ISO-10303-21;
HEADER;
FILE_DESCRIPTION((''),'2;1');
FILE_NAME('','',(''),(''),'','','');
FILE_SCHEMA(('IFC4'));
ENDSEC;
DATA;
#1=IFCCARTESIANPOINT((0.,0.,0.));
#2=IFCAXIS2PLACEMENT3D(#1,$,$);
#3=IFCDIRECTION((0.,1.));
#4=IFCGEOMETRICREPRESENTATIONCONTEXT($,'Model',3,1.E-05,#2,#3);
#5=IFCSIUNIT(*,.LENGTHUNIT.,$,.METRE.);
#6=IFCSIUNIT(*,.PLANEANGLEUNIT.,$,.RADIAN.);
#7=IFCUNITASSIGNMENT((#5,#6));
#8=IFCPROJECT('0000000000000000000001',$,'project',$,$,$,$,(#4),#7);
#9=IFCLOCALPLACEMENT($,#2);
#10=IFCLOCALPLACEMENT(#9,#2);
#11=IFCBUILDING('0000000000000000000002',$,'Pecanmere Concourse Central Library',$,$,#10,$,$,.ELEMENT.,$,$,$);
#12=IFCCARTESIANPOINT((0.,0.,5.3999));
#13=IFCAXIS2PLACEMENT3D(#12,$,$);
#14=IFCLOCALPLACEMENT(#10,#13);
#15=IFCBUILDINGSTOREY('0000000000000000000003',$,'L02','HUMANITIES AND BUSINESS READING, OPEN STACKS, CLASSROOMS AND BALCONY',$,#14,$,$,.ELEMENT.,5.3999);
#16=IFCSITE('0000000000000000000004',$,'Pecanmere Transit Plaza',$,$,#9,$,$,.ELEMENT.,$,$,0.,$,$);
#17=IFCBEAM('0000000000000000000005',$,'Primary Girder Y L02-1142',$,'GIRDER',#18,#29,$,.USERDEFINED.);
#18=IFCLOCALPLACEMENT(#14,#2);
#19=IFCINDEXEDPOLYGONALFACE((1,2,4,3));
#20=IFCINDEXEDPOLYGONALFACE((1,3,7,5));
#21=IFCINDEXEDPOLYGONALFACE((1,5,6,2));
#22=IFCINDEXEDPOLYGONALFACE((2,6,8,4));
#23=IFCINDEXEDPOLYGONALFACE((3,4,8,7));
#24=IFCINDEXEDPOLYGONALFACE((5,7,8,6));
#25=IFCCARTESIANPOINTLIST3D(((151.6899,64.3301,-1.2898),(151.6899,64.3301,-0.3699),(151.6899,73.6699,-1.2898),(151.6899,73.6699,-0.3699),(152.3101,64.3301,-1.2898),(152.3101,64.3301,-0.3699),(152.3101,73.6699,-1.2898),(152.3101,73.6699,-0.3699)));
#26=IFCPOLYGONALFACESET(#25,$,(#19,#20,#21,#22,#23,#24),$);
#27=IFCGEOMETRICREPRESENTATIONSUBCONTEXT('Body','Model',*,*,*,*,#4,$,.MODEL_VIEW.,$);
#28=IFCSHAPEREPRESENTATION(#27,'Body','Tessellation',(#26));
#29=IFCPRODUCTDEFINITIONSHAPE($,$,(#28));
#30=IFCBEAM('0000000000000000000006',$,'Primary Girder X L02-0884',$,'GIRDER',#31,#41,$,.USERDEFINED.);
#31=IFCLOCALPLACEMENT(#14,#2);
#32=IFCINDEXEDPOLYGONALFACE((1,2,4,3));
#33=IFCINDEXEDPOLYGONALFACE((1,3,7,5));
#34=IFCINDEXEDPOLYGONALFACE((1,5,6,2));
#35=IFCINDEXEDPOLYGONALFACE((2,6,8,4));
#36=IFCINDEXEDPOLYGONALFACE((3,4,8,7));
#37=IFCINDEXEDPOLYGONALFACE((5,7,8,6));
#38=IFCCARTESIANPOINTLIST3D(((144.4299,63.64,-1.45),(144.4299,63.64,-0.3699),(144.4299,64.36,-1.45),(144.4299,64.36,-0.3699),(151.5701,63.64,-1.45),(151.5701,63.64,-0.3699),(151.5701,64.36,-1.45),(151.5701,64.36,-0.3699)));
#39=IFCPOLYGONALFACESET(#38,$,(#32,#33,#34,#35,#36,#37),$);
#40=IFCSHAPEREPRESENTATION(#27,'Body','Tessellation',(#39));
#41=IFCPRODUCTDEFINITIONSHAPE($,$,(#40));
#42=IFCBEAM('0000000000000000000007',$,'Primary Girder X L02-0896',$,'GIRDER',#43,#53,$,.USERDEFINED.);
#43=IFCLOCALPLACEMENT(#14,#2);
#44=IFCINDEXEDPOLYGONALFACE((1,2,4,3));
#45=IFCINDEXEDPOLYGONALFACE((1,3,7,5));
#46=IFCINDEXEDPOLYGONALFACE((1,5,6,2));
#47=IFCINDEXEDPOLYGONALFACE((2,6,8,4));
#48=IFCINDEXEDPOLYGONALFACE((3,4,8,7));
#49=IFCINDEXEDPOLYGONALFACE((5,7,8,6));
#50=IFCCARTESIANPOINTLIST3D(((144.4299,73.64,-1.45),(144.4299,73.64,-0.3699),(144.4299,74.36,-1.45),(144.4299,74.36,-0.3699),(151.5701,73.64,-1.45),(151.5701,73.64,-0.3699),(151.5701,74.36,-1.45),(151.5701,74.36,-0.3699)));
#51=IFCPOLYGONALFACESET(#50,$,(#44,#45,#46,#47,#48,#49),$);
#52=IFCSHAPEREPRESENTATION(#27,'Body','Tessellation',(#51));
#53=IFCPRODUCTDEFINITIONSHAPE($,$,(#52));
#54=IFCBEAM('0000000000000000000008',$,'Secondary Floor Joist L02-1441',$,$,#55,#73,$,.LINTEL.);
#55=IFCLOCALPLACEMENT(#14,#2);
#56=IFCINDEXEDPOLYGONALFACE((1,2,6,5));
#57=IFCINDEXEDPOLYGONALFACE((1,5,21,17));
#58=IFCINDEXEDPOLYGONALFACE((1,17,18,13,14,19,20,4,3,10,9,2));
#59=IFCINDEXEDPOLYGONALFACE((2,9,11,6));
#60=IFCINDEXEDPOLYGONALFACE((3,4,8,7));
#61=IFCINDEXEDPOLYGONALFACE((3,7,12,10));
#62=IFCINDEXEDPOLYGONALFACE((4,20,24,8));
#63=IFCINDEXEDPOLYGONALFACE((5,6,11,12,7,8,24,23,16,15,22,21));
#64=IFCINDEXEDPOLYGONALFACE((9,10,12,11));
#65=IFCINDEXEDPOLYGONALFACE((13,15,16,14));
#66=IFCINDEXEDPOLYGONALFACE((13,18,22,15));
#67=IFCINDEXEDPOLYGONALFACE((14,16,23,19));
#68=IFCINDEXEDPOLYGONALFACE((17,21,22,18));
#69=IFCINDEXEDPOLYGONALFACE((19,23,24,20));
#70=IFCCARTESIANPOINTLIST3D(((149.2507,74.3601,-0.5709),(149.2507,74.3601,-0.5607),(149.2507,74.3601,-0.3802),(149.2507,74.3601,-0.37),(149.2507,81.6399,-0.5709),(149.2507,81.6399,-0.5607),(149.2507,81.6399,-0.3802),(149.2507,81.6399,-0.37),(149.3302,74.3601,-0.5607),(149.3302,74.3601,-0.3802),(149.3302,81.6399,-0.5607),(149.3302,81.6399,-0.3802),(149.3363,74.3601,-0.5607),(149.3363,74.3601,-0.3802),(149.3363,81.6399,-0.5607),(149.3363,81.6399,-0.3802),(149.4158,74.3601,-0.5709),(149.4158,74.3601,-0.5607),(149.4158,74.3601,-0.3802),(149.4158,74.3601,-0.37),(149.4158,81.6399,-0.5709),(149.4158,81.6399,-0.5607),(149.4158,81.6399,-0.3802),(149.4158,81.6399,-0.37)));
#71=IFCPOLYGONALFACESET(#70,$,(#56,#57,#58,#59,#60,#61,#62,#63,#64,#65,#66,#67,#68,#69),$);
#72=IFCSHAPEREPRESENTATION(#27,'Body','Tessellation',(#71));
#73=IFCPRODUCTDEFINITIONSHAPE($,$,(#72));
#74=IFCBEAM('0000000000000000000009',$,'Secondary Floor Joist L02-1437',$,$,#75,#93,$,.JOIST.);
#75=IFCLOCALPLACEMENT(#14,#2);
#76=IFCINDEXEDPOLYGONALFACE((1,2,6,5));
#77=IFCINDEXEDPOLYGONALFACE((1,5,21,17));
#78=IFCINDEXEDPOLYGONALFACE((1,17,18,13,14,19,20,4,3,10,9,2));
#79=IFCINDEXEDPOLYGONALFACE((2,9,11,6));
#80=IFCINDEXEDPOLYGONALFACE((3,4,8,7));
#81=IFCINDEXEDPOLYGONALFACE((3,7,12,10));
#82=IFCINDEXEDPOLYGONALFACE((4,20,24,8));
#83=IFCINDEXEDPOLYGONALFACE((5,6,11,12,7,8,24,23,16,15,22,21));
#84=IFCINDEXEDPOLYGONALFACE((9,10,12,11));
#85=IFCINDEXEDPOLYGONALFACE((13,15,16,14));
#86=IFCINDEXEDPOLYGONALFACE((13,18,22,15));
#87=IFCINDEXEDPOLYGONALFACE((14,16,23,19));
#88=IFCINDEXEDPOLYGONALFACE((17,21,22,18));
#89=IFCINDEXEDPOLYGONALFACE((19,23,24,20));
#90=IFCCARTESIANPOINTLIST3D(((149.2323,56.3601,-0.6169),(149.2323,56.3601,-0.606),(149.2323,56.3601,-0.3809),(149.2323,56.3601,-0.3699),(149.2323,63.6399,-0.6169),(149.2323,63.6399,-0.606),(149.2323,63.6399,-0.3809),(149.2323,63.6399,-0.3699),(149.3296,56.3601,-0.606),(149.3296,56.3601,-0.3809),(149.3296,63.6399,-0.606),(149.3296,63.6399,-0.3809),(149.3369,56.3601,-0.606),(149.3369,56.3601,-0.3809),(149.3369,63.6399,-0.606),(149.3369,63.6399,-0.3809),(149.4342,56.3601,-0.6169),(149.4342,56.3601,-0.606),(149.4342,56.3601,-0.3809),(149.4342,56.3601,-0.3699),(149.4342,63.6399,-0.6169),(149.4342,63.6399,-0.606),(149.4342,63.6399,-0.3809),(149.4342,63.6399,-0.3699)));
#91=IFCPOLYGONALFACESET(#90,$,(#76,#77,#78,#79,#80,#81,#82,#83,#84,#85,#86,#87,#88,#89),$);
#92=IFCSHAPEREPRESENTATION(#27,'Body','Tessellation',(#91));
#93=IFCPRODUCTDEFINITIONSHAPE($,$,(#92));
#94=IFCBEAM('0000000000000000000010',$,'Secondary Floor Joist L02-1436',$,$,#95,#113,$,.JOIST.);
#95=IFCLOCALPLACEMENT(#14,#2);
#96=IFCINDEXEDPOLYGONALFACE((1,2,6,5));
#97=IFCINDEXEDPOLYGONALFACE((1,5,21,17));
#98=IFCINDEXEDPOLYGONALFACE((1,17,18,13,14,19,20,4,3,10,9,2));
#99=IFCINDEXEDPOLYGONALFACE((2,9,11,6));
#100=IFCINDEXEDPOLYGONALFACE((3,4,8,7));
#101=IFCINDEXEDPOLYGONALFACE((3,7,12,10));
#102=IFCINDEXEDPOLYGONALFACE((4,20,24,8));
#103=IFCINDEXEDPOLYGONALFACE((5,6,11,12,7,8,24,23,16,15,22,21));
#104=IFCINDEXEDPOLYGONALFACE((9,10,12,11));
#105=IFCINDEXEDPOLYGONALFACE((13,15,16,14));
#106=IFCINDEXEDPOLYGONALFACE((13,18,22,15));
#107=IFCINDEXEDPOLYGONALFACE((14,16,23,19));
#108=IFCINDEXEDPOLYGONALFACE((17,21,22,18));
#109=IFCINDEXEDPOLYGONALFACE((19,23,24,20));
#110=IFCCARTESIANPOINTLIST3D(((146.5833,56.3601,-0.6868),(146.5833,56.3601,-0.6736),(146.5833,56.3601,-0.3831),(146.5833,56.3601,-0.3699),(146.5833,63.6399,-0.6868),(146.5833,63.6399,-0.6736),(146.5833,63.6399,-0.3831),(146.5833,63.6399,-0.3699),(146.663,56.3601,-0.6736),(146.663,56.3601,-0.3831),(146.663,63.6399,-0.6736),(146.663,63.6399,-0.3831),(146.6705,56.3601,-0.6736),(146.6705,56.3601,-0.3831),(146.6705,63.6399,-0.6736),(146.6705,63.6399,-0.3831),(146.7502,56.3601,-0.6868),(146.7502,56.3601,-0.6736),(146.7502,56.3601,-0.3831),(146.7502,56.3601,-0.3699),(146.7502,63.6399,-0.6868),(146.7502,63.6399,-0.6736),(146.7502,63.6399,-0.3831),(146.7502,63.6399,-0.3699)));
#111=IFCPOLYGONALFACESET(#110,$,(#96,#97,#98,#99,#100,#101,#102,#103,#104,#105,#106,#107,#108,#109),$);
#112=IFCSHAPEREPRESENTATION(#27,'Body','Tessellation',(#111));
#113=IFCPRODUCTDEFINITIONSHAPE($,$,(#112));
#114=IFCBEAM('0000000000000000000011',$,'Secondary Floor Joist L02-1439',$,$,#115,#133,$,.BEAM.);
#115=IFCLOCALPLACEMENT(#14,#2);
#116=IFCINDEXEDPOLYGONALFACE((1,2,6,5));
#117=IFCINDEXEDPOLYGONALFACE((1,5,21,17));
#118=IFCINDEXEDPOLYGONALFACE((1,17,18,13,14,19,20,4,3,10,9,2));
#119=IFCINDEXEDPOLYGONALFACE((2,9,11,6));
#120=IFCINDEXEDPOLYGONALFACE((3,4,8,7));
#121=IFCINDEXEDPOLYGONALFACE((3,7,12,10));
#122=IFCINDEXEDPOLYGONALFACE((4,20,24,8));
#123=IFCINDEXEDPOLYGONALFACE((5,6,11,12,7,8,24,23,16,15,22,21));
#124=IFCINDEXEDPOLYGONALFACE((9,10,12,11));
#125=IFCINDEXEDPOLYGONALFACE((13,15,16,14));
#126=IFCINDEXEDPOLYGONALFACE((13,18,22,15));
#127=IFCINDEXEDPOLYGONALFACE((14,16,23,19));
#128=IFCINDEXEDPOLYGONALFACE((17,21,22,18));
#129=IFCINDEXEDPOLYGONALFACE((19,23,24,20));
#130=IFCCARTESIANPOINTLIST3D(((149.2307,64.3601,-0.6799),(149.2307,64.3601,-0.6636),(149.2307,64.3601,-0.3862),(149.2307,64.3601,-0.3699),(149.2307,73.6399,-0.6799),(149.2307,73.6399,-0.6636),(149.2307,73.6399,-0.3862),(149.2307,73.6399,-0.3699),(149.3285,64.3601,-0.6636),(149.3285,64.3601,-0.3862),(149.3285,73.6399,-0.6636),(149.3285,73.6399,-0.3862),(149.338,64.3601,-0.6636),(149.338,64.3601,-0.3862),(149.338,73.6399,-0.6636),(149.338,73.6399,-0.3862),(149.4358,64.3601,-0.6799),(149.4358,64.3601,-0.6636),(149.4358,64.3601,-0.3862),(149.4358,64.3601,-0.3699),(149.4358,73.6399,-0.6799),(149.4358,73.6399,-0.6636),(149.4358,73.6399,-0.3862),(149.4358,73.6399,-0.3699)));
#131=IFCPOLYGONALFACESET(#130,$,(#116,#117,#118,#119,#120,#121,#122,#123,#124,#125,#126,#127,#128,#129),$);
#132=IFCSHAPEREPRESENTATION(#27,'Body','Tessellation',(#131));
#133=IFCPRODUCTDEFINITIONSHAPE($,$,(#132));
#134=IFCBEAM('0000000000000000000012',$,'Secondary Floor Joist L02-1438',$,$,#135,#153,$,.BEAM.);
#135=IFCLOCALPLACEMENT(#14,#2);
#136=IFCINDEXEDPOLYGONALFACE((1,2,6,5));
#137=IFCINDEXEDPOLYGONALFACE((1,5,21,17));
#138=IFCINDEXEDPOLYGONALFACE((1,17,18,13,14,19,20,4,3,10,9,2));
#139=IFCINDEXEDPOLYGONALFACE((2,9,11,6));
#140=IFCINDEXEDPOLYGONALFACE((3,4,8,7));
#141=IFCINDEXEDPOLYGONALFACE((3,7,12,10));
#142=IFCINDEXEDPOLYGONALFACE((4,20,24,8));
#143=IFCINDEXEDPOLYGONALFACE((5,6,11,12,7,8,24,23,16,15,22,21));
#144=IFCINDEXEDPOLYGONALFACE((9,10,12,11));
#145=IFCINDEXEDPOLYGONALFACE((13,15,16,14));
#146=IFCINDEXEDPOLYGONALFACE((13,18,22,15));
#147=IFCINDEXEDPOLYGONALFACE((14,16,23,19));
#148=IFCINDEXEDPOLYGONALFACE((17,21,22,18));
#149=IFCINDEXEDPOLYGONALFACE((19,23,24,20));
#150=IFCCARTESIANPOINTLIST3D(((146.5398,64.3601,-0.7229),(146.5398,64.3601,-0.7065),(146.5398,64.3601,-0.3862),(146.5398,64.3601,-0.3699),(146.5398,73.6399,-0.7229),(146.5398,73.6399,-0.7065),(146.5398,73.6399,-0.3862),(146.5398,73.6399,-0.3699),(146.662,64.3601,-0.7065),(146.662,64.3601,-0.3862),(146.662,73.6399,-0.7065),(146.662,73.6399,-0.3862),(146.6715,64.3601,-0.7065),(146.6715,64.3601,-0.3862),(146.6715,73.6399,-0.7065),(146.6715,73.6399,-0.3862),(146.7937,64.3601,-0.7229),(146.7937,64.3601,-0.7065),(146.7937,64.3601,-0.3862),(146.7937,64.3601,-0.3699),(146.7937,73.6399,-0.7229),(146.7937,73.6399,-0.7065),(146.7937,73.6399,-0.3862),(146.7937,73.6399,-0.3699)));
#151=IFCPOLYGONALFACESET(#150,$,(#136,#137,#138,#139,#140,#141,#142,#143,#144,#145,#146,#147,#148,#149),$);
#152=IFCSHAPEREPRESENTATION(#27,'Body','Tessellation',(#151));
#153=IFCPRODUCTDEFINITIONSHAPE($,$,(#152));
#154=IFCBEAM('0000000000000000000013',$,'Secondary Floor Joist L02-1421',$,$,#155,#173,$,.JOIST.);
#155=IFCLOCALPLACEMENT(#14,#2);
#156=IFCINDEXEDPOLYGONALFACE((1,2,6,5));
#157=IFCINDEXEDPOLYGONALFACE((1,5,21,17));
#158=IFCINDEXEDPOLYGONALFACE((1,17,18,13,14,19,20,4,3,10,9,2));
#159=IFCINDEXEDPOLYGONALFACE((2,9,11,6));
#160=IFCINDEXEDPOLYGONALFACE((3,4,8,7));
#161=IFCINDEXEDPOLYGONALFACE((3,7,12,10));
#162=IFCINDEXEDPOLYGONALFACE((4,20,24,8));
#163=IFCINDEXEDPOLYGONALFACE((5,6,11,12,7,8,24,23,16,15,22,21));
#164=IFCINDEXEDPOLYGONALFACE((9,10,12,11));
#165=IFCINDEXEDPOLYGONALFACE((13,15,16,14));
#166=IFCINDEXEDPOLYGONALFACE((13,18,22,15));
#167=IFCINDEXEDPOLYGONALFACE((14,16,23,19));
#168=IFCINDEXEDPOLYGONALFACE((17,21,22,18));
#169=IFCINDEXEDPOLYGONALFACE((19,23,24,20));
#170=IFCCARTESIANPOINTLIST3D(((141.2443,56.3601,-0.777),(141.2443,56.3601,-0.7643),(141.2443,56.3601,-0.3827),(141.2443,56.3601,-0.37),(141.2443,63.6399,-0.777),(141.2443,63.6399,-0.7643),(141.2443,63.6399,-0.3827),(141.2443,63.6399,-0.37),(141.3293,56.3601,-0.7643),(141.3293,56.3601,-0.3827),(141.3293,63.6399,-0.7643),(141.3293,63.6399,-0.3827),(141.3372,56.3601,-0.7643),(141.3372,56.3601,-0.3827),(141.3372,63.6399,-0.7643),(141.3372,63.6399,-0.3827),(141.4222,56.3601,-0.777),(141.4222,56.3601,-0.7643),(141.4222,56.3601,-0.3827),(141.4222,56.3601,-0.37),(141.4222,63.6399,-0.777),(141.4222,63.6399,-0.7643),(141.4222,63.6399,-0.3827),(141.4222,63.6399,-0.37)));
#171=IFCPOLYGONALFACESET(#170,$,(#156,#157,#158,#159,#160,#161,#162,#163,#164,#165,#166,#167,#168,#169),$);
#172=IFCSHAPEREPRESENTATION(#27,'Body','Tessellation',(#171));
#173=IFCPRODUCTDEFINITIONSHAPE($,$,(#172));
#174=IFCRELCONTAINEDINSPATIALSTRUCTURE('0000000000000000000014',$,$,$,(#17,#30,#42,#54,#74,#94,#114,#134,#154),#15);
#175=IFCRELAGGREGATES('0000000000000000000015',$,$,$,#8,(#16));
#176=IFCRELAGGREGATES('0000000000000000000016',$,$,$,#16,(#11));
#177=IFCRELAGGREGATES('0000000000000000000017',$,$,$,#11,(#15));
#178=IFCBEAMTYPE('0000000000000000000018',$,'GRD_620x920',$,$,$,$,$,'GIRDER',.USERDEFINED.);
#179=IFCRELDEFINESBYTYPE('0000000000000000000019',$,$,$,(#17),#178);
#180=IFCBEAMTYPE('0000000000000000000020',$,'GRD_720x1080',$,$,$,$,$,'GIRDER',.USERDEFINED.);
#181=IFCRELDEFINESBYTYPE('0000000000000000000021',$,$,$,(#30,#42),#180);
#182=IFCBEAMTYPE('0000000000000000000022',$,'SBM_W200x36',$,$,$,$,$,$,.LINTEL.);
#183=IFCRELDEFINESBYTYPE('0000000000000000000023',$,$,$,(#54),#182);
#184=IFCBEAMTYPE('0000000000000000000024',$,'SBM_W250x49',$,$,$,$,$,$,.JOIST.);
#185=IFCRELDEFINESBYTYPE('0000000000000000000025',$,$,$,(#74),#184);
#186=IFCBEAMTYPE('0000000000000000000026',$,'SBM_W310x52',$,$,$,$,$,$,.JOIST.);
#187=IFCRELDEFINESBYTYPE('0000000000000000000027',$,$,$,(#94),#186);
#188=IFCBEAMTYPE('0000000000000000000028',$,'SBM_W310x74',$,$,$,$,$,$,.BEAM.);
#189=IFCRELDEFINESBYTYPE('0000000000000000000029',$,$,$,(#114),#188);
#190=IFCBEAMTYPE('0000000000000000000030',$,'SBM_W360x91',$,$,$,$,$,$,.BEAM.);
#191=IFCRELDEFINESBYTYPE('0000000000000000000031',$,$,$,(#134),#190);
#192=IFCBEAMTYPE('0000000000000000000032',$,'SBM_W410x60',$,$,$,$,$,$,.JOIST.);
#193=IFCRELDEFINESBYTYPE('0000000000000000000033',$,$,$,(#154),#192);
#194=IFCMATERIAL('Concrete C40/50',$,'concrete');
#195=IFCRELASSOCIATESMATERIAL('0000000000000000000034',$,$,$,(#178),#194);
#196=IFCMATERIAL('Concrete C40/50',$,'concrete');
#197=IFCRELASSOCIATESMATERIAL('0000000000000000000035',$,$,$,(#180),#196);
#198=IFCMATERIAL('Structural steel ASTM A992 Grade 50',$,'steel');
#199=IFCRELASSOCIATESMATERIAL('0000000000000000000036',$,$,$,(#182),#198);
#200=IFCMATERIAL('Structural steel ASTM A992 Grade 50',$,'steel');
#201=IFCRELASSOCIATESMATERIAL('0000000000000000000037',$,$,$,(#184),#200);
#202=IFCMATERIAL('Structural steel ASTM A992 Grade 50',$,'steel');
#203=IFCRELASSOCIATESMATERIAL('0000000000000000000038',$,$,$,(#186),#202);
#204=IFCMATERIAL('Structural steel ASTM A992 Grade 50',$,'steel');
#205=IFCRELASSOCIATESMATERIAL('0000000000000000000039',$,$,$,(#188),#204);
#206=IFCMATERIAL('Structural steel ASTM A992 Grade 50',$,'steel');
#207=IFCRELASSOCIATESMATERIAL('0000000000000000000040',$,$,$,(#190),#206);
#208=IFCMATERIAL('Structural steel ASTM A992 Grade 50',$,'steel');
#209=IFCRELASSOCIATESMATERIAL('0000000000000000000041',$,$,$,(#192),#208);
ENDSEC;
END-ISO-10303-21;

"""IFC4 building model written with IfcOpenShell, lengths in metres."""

from ifc_helpers import new_model, si_unit, direction, frame, origin, origin_2d, place, context, subcontext, project, spatial, rectangle, i_section, extrude, material, material_profile, profile_set, type_object, element, save


model = new_model("IFC4")

# Units and contexts
model_context = context("Model", 3, precision=1e-05, world=origin(), true_north=direction((0.0, 1.0)))
body_context = subcontext(model_context, "Body", "Model", "MODEL_VIEW")
ifc_project = project(units=[si_unit("LENGTHUNIT", "METRE"), si_unit("PLANEANGLEUNIT", "RADIAN")], contexts=[model_context])

# Site, building, storey
site_placement = place(None, origin())
site = spatial("IfcSite", under=ifc_project, at=site_placement, Name="Pecanmere Transit Plaza", CompositionType="ELEMENT", RefElevation=0.0)
building_placement = place(site_placement, origin())
building = spatial("IfcBuilding", under=site, at=building_placement, Name="Pecanmere Concourse Central Library", CompositionType="ELEMENT")
storey_placement = place(building_placement, frame((0.0, 0.0, 5.3999)))
storey = spatial("IfcBuildingStorey", under=building, at=storey_placement, Name="L02", Description="HUMANITIES AND BUSINESS READING, OPEN STACKS, CLASSROOMS AND BALCONY", CompositionType="ELEMENT", Elevation=5.3999)

# Beams
ifc_material_1 = material(Name="Concrete C40/50", Category="concrete")
ifc_material_profile_1 = material_profile(ifc_material_1, rectangle(XDim=0.6201, YDim=0.9199, at=origin_2d()), Name="RC 620x920")
ifc_profile_set_1 = profile_set([ifc_material_profile_1], Name="Concrete C40/50")
beam_type_1 = type_object("IfcBeamType", Name="GRD_620x920", ElementType="GIRDER", PredefinedType="USERDEFINED", material=ifc_profile_set_1)
for number, where, z_axis, x_axis, name in (
    (1, (152.0, 64.3301, -0.8298), (0.0, 1.0, 0.0), (-1.0, 0.0, 0.0), "Primary Girder Y L02-1142"),
):
    element("IfcBeam", number, at=place(storey_placement, frame(where, z_axis=z_axis, x_axis=x_axis)), inside=storey, type_object=beam_type_1, Name=name, ObjectType="GIRDER", PredefinedType="USERDEFINED", context=body_context, shape_type="SweptSolid", body=[
        extrude(rectangle(XDim=0.6201, YDim=0.9199, at=origin_2d()), origin(), (0.0, 0.0, 1.0), 9.3398),
    ])
ifc_material_2 = material(Name="Concrete C40/50", Category="concrete")
ifc_material_profile_2 = material_profile(ifc_material_2, rectangle(XDim=0.72, YDim=1.0801, at=origin_2d()), Name="RC 720x1080")
ifc_profile_set_2 = profile_set([ifc_material_profile_2], Name="Concrete C40/50")
beam_type_2 = type_object("IfcBeamType", Name="GRD_720x1080", ElementType="GIRDER", PredefinedType="USERDEFINED", material=ifc_profile_set_2)
for number, where, z_axis, x_axis, name in (
    (2, (144.4299, 64.0, -0.9099), (1.0, 0.0, 0.0), (0.0, 1.0, 0.0), "Primary Girder X L02-0884"),
    (3, (144.4299, 74.0, -0.9099), (1.0, 0.0, 0.0), (0.0, 1.0, 0.0), "Primary Girder X L02-0896"),
):
    element("IfcBeam", number, at=place(storey_placement, frame(where, z_axis=z_axis, x_axis=x_axis)), inside=storey, type_object=beam_type_2, Name=name, ObjectType="GIRDER", PredefinedType="USERDEFINED", context=body_context, shape_type="SweptSolid", body=[
        extrude(rectangle(XDim=0.72, YDim=1.0801, at=origin_2d()), origin(), (0.0, 0.0, 1.0), 7.1401),
    ])
ifc_material_3 = material(Name="Structural steel ASTM A992 Grade 50", Category="steel")
ifc_material_profile_3 = material_profile(ifc_material_3, i_section(OverallWidth=0.165, OverallDepth=0.2009, WebThickness=0.0061, FlangeThickness=0.0103, at=origin_2d()), Name="W200x35.9")
ifc_profile_set_3 = profile_set([ifc_material_profile_3], Name="Structural steel ASTM A992 Grade 50")
beam_type_3 = type_object("IfcBeamType", Name="SBM_W200x36", PredefinedType="LINTEL", material=ifc_profile_set_3)
beam_1_placement = place(storey_placement, frame((149.3333, 74.3601, -0.4705), z_axis=(0.0, 1.0, 0.0), x_axis=(-1.0, 0.0, 0.0)))
element("IfcBeam", 4, at=beam_1_placement, inside=storey, type_object=beam_type_3, Name="Secondary Floor Joist L02-1441", PredefinedType="LINTEL", context=body_context, shape_type="SweptSolid", body=[
    extrude(i_section(OverallWidth=0.165, OverallDepth=0.2009, WebThickness=0.0061, FlangeThickness=0.0103, at=origin_2d()), origin(), (0.0, 0.0, 1.0), 7.2798),
])
ifc_material_4 = material(Name="Structural steel ASTM A992 Grade 50", Category="steel")
ifc_material_profile_4 = material_profile(ifc_material_4, i_section(OverallWidth=0.2019, OverallDepth=0.2471, WebThickness=0.0073, FlangeThickness=0.011, at=origin_2d()), Name="W250x49.1")
ifc_profile_set_4 = profile_set([ifc_material_profile_4], Name="Structural steel ASTM A992 Grade 50")
beam_type_4 = type_object("IfcBeamType", Name="SBM_W250x49", PredefinedType="JOIST", material=ifc_profile_set_4)
beam_2_placement = place(storey_placement, frame((149.3333, 56.3601, -0.4934), z_axis=(0.0, 1.0, 0.0), x_axis=(-1.0, 0.0, 0.0)))
element("IfcBeam", 5, at=beam_2_placement, inside=storey, type_object=beam_type_4, Name="Secondary Floor Joist L02-1437", PredefinedType="JOIST", context=body_context, shape_type="SweptSolid", body=[
    extrude(i_section(OverallWidth=0.2019, OverallDepth=0.2471, WebThickness=0.0073, FlangeThickness=0.011, at=origin_2d()), origin(), (0.0, 0.0, 1.0), 7.2798),
])
ifc_material_5 = material(Name="Structural steel ASTM A992 Grade 50", Category="steel")
ifc_material_profile_5 = material_profile(ifc_material_5, i_section(OverallWidth=0.167, OverallDepth=0.3169, WebThickness=0.0076, FlangeThickness=0.0132, at=origin_2d()), Name="W310x52")
ifc_profile_set_5 = profile_set([ifc_material_profile_5], Name="Structural steel ASTM A992 Grade 50")
beam_type_5 = type_object("IfcBeamType", Name="SBM_W310x52", PredefinedType="JOIST", material=ifc_profile_set_5)
beam_3_placement = place(storey_placement, frame((146.6667, 56.3601, -0.5283), z_axis=(0.0, 1.0, 0.0), x_axis=(-1.0, 0.0, 0.0)))
element("IfcBeam", 6, at=beam_3_placement, inside=storey, type_object=beam_type_5, Name="Secondary Floor Joist L02-1436", PredefinedType="JOIST", context=body_context, shape_type="SweptSolid", body=[
    extrude(i_section(OverallWidth=0.167, OverallDepth=0.3169, WebThickness=0.0076, FlangeThickness=0.0132, at=origin_2d()), origin(), (0.0, 0.0, 1.0), 7.2798),
])
ifc_material_6 = material(Name="Structural steel ASTM A992 Grade 50", Category="steel")
ifc_material_profile_6 = material_profile(ifc_material_6, i_section(OverallWidth=0.2051, OverallDepth=0.3101, WebThickness=0.0095, FlangeThickness=0.0164, at=origin_2d()), Name="W310x74")
ifc_profile_set_6 = profile_set([ifc_material_profile_6], Name="Structural steel ASTM A992 Grade 50")
beam_type_6 = type_object("IfcBeamType", Name="SBM_W310x74", PredefinedType="BEAM", material=ifc_profile_set_6)
beam_4_placement = place(storey_placement, frame((149.3333, 64.3601, -0.5249), z_axis=(0.0, 1.0, 0.0), x_axis=(-1.0, 0.0, 0.0)))
element("IfcBeam", 7, at=beam_4_placement, inside=storey, type_object=beam_type_6, Name="Secondary Floor Joist L02-1439", PredefinedType="BEAM", context=body_context, shape_type="SweptSolid", body=[
    extrude(i_section(OverallWidth=0.2051, OverallDepth=0.3101, WebThickness=0.0095, FlangeThickness=0.0164, at=origin_2d()), origin(), (0.0, 0.0, 1.0), 9.2798),
])
ifc_material_7 = material(Name="Structural steel ASTM A992 Grade 50", Category="steel")
ifc_material_profile_7 = material_profile(ifc_material_7, i_section(OverallWidth=0.2539, OverallDepth=0.353, WebThickness=0.0095, FlangeThickness=0.0164, at=origin_2d()), Name="W360x91")
ifc_profile_set_7 = profile_set([ifc_material_profile_7], Name="Structural steel ASTM A992 Grade 50")
beam_type_7 = type_object("IfcBeamType", Name="SBM_W360x91", PredefinedType="BEAM", material=ifc_profile_set_7)
beam_5_placement = place(storey_placement, frame((146.6667, 64.3601, -0.5464), z_axis=(0.0, 1.0, 0.0), x_axis=(-1.0, 0.0, 0.0)))
element("IfcBeam", 8, at=beam_5_placement, inside=storey, type_object=beam_type_7, Name="Secondary Floor Joist L02-1438", PredefinedType="BEAM", context=body_context, shape_type="SweptSolid", body=[
    extrude(i_section(OverallWidth=0.2539, OverallDepth=0.353, WebThickness=0.0095, FlangeThickness=0.0164, at=origin_2d()), origin(), (0.0, 0.0, 1.0), 9.2798),
])
ifc_material_8 = material(Name="Structural steel ASTM A992 Grade 50", Category="steel")
ifc_material_profile_8 = material_profile(ifc_material_8, i_section(OverallWidth=0.178, OverallDepth=0.407, WebThickness=0.0078, FlangeThickness=0.0127, at=origin_2d()), Name="W410x60")
ifc_profile_set_8 = profile_set([ifc_material_profile_8], Name="Structural steel ASTM A992 Grade 50")
beam_type_8 = type_object("IfcBeamType", Name="SBM_W410x60", PredefinedType="JOIST", material=ifc_profile_set_8)
beam_6_placement = place(storey_placement, frame((141.3333, 56.3601, -0.5735), z_axis=(0.0, 1.0, 0.0), x_axis=(-1.0, 0.0, 0.0)))
element("IfcBeam", 9, at=beam_6_placement, inside=storey, type_object=beam_type_8, Name="Secondary Floor Joist L02-1421", PredefinedType="JOIST", context=body_context, shape_type="SweptSolid", body=[
    extrude(i_section(OverallWidth=0.178, OverallDepth=0.407, WebThickness=0.0078, FlangeThickness=0.0127, at=origin_2d()), origin(), (0.0, 0.0, 1.0), 7.2798),
])

save(model, "model.ifc")
